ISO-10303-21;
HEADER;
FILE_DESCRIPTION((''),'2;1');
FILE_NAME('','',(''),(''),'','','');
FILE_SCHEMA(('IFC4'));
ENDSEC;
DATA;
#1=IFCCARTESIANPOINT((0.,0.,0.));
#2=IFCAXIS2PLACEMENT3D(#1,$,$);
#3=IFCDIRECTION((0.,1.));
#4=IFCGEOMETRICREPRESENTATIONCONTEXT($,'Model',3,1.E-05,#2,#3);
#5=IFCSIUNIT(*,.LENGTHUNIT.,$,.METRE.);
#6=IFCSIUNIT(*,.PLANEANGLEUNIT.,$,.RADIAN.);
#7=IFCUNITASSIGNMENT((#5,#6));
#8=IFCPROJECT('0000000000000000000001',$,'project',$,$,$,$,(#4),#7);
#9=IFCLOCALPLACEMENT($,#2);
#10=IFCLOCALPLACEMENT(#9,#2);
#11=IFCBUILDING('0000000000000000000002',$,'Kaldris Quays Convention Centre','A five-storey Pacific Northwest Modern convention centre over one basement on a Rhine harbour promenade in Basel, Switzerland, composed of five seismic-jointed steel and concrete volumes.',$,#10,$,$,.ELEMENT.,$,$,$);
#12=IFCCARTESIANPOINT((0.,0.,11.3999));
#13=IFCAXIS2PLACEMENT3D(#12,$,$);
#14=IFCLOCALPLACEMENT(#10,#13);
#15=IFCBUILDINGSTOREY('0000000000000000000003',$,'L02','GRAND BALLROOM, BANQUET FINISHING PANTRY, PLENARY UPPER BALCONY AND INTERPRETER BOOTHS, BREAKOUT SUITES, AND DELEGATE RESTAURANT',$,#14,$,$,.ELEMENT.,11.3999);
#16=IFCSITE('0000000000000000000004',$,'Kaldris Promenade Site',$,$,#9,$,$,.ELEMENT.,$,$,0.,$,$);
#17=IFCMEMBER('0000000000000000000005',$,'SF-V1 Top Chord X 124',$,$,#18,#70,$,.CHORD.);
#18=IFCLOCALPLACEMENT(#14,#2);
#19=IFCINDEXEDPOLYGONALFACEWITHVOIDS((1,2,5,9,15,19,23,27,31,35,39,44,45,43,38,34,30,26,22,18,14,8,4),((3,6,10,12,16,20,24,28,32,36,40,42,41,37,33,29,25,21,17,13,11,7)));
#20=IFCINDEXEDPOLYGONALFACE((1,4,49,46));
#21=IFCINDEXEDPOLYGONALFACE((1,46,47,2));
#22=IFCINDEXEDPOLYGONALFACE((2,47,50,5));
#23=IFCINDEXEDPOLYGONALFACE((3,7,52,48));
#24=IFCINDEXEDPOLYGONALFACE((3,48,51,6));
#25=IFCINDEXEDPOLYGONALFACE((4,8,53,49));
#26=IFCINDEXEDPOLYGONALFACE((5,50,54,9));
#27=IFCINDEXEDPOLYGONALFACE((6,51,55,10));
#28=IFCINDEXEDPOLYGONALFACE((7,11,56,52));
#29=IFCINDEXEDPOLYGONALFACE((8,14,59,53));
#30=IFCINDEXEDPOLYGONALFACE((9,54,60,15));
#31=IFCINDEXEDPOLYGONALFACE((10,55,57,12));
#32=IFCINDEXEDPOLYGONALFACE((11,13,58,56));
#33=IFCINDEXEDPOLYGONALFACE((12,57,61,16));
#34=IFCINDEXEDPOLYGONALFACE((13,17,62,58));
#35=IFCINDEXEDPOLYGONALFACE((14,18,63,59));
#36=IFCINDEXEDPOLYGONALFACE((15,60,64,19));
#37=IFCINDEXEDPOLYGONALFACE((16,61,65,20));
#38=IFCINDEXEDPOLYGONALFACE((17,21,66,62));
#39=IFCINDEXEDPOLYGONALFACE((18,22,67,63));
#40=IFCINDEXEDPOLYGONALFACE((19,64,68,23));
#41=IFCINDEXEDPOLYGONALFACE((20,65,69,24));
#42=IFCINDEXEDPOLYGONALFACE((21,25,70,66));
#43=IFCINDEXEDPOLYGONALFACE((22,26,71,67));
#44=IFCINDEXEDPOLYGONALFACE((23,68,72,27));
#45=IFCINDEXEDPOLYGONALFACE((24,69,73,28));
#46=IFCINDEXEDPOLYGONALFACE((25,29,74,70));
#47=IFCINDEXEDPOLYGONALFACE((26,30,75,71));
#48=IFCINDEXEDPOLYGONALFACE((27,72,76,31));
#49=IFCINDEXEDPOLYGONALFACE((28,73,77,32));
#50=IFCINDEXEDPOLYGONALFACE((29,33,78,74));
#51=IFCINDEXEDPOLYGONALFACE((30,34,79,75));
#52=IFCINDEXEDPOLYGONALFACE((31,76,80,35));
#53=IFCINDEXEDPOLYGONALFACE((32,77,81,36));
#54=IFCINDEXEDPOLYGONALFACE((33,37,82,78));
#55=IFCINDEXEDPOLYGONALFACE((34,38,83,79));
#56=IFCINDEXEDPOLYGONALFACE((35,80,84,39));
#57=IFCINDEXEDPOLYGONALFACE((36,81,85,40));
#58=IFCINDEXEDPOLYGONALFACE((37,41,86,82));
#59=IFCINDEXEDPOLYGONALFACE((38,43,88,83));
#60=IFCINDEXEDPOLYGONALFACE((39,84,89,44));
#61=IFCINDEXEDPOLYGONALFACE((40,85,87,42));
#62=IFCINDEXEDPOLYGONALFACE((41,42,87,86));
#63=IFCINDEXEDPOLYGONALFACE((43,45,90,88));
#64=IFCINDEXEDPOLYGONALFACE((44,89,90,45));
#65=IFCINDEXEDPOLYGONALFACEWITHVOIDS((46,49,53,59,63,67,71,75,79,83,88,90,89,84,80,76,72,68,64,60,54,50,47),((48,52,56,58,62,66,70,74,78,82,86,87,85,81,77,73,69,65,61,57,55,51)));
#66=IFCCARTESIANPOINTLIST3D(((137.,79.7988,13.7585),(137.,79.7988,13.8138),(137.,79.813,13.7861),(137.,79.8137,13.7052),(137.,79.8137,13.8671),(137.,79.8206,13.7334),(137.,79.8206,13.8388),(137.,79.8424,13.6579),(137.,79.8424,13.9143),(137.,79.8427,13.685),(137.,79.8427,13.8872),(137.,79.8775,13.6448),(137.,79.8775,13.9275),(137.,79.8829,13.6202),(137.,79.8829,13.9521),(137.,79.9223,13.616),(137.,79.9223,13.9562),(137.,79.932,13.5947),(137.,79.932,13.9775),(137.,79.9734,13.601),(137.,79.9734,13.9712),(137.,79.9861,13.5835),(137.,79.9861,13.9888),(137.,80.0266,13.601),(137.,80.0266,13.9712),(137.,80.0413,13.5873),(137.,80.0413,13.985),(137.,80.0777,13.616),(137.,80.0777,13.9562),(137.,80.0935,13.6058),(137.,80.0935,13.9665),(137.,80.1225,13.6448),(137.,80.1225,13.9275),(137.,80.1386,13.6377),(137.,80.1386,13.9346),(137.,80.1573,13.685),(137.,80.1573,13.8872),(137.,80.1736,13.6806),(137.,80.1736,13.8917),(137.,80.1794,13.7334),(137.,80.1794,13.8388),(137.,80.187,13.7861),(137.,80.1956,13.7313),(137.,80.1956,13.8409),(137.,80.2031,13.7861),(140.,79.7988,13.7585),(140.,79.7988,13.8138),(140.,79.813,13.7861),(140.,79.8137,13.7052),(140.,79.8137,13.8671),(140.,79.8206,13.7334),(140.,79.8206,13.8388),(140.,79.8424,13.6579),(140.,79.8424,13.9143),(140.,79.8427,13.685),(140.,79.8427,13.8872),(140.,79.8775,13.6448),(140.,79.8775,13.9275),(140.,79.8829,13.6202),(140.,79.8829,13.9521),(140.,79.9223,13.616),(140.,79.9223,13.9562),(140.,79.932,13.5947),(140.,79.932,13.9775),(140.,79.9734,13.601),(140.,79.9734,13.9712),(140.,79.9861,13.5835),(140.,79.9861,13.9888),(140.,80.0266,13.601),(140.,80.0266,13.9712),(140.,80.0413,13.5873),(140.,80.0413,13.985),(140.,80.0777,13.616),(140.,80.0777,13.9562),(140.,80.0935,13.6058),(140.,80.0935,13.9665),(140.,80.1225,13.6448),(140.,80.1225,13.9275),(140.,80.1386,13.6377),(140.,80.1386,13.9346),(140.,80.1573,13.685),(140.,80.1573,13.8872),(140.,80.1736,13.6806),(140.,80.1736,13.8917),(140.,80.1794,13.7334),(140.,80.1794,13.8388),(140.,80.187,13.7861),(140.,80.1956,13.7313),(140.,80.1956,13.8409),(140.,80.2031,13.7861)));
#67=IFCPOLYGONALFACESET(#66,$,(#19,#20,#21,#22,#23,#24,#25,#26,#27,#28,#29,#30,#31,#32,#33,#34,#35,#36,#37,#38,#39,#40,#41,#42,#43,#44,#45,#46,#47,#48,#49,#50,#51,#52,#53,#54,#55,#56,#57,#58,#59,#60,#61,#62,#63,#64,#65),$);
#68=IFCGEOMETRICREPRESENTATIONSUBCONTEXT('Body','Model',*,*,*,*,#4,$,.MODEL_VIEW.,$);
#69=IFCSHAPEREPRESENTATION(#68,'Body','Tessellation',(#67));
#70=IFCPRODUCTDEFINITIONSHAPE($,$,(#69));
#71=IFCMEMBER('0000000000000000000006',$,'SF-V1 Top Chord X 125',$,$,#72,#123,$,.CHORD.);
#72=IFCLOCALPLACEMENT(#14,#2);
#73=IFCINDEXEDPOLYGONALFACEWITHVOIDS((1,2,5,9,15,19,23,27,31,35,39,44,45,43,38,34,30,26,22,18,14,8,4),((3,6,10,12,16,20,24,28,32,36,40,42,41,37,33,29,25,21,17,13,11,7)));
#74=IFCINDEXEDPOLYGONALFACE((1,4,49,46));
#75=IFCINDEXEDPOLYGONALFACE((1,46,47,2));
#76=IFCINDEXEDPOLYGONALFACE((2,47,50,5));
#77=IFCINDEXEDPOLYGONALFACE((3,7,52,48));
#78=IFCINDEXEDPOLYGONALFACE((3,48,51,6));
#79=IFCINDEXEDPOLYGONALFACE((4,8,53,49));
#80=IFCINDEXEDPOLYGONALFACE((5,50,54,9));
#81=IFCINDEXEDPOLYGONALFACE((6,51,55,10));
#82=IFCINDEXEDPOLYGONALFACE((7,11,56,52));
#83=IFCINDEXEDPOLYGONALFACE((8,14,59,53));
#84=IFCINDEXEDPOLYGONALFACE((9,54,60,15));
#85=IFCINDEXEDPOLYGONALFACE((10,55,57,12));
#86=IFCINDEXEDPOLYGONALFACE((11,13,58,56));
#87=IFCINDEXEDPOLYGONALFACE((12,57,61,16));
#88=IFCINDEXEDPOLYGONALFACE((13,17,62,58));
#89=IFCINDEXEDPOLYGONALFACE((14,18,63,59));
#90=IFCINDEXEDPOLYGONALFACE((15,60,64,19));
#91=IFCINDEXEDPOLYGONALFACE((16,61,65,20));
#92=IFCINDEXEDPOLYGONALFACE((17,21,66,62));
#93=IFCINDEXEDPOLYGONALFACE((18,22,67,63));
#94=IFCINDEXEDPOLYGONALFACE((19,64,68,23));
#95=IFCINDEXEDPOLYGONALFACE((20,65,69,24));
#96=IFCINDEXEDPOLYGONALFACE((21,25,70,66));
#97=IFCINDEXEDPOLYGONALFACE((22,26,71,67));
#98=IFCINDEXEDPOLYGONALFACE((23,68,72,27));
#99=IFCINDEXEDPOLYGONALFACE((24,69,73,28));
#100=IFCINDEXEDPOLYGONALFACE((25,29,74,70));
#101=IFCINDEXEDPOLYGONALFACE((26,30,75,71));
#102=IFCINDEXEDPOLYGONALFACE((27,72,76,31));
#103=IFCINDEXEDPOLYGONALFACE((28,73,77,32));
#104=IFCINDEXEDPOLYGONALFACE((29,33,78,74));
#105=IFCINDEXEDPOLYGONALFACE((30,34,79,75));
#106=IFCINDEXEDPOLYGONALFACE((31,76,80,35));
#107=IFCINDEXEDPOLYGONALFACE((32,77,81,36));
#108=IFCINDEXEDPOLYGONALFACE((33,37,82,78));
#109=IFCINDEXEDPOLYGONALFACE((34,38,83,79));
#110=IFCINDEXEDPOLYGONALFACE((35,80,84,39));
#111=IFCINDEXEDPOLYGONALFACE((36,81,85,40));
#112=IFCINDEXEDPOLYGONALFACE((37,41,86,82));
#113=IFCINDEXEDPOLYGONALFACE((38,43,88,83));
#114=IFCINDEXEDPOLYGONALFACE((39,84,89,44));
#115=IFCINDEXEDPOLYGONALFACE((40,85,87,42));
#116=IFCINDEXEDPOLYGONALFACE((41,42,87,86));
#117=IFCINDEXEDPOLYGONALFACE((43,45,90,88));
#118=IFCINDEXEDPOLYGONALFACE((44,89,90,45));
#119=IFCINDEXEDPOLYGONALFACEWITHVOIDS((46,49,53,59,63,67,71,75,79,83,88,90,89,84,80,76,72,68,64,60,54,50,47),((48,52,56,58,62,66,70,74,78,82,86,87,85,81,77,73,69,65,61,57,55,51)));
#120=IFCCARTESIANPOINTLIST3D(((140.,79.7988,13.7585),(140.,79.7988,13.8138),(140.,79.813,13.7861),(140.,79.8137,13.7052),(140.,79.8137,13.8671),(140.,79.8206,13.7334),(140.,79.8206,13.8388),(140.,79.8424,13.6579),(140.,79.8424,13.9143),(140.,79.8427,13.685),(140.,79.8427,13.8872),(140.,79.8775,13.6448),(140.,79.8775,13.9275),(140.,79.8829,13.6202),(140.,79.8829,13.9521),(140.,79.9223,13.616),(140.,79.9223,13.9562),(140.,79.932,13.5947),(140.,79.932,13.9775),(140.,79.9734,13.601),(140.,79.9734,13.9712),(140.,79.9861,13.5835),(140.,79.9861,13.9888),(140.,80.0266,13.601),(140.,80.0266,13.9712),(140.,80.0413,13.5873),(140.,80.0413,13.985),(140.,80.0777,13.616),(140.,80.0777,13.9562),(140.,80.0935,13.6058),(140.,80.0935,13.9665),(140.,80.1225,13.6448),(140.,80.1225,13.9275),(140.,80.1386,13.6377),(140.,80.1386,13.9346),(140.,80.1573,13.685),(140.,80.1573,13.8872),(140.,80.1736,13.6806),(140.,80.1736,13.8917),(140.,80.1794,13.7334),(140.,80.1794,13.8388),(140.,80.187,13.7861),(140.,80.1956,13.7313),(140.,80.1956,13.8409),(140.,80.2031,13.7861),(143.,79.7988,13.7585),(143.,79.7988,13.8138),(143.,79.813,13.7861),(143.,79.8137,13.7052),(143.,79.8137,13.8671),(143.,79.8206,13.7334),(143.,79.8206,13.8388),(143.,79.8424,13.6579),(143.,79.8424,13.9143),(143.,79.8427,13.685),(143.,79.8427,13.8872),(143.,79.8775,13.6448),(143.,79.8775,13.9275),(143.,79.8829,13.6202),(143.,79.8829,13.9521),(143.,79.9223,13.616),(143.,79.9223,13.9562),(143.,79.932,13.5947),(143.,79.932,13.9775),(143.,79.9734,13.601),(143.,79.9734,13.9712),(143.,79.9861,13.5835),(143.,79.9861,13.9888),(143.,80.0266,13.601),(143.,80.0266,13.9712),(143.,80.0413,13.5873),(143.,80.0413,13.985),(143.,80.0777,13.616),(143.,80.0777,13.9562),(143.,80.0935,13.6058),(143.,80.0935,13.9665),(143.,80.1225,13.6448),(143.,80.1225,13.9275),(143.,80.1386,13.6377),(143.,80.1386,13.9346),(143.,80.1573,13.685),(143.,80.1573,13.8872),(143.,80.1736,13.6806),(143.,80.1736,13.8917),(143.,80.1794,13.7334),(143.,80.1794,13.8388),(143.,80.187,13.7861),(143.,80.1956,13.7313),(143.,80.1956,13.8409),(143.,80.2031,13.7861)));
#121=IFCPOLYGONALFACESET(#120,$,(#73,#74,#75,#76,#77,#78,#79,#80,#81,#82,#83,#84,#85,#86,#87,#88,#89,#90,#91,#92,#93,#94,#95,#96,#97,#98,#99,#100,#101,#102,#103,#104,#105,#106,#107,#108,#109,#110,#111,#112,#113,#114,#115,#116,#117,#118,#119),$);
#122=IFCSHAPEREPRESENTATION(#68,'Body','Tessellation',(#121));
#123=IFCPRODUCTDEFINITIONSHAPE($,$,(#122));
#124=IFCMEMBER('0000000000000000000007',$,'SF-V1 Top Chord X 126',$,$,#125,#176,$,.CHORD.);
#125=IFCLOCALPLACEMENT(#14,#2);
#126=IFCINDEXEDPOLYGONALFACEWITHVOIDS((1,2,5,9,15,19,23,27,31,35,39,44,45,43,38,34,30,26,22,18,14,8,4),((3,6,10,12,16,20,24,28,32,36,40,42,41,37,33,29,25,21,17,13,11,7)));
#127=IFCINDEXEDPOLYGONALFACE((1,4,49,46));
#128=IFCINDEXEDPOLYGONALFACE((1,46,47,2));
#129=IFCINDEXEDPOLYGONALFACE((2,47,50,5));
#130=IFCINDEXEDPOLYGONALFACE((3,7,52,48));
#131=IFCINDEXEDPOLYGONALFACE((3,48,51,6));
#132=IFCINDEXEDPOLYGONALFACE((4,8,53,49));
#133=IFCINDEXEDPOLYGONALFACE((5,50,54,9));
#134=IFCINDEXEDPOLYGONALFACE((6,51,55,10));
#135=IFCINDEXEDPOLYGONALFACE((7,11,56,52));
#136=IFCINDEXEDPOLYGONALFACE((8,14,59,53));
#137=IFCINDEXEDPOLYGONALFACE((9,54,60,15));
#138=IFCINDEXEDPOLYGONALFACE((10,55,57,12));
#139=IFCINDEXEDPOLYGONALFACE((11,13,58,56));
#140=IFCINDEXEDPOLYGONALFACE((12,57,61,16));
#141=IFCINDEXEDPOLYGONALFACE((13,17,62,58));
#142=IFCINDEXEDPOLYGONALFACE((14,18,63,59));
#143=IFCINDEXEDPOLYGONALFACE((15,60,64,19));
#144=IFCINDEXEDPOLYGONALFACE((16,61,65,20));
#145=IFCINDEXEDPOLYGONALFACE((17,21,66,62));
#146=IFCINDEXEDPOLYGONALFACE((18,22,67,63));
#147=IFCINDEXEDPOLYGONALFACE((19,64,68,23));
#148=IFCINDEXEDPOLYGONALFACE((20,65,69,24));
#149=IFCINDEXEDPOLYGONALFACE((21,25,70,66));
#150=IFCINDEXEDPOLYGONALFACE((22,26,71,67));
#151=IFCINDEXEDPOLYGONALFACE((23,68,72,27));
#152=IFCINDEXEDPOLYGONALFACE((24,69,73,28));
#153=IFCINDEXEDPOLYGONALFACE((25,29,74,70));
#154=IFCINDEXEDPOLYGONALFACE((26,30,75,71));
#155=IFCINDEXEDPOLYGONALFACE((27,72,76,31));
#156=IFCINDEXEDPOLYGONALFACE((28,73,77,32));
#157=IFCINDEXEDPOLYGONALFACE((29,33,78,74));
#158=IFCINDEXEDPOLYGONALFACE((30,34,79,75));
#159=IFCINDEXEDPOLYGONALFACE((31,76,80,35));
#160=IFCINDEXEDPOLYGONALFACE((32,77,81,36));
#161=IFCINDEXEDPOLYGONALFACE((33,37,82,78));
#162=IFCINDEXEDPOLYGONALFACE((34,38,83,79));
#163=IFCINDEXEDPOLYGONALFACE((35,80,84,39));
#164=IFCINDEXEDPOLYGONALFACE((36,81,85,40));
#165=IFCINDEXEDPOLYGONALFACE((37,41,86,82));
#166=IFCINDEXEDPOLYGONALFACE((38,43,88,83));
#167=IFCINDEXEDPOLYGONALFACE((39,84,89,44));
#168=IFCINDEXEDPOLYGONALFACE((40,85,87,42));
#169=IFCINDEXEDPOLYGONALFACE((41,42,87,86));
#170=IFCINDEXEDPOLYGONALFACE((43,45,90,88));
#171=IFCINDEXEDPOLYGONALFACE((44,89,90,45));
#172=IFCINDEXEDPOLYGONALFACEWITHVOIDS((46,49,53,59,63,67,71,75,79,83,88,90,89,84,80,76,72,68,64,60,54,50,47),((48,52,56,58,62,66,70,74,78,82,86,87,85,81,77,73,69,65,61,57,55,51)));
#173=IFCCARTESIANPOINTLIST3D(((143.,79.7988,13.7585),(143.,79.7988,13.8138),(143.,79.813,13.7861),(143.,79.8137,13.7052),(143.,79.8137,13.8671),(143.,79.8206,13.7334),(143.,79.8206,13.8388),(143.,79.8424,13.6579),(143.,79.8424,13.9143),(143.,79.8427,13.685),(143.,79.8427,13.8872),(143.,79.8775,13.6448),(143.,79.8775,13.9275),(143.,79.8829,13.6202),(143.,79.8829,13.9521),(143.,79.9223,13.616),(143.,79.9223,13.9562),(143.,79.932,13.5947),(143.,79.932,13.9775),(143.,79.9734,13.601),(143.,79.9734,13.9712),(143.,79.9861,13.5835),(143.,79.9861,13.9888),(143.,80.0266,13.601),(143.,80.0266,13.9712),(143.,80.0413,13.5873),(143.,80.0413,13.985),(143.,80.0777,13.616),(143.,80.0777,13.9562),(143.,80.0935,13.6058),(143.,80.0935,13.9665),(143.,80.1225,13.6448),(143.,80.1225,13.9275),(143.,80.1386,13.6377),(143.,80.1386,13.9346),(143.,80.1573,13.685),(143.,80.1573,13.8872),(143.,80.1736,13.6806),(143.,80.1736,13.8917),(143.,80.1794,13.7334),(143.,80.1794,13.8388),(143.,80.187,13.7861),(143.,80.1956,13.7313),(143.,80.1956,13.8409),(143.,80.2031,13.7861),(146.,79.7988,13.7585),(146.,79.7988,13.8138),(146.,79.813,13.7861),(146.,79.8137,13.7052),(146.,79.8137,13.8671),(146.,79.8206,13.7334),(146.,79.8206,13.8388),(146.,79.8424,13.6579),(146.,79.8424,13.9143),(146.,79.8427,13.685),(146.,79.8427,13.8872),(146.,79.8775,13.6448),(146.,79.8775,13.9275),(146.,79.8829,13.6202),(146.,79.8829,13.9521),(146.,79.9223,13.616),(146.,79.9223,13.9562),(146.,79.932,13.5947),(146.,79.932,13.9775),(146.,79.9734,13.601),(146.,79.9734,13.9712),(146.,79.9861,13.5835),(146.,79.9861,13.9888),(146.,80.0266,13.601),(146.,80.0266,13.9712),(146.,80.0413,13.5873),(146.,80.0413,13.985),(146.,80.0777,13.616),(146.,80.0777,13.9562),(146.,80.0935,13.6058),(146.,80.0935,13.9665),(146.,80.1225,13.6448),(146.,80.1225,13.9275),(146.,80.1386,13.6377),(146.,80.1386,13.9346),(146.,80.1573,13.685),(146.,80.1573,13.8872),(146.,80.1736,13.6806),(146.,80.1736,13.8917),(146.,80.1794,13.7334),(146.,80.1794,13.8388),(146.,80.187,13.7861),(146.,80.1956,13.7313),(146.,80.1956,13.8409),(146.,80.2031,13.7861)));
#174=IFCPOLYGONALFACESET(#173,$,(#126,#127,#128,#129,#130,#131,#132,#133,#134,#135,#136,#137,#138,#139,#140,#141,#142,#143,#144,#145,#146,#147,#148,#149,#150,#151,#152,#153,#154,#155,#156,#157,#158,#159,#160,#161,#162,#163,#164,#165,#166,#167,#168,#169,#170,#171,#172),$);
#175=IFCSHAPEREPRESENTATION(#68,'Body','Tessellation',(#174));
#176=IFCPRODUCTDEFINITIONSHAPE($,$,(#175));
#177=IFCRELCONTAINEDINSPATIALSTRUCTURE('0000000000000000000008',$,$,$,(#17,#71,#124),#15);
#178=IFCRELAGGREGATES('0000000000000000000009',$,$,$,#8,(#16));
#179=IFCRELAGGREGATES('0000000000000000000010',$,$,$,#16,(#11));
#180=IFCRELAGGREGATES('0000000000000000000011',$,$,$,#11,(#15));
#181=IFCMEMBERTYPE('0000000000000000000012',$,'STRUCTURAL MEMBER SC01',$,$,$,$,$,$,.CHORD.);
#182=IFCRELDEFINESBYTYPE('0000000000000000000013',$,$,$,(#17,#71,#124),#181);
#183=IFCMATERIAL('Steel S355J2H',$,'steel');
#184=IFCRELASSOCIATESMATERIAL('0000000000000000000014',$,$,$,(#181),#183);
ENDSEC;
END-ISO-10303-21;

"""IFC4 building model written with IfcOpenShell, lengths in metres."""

from ifc_helpers import new_model, si_unit, direction, frame, origin, origin_2d, place, context, subcontext, project, spatial, hollow_circle, extrude, material, material_profile, profile_set, type_object, element, save


model = new_model("IFC4")

# Units and contexts
model_context = context("Model", 3, precision=1e-05, world=origin(), true_north=direction((0.0, 1.0)))
body_context = subcontext(model_context, "Body", "Model", "MODEL_VIEW")
ifc_project = project(units=[si_unit("LENGTHUNIT", "METRE"), si_unit("PLANEANGLEUNIT", "RADIAN")], contexts=[model_context])

# Site, building, storey
site_placement = place(None, origin())
site = spatial("IfcSite", under=ifc_project, at=site_placement, Name="Kaldris Promenade Site", CompositionType="ELEMENT", RefElevation=0.0)
building_placement = place(site_placement, origin())
building = spatial("IfcBuilding", under=site, at=building_placement, Name="Kaldris Quays Convention Centre", Description="A five-storey Pacific Northwest Modern convention centre over one basement on a Rhine harbour promenade in Basel, Switzerland, composed of five seismic-jointed steel and concrete volumes.", CompositionType="ELEMENT")
storey_placement = place(building_placement, frame((0.0, 0.0, 11.3999)))
storey = spatial("IfcBuildingStorey", under=building, at=storey_placement, Name="L02", Description="GRAND BALLROOM, BANQUET FINISHING PANTRY, PLENARY UPPER BALCONY AND INTERPRETER BOOTHS, BREAKOUT SUITES, AND DELEGATE RESTAURANT", CompositionType="ELEMENT", Elevation=11.3999)

# Members
ifc_material_1 = material(Name="Steel S355J2H", Category="steel")
ifc_material_profile_1 = material_profile(ifc_material_1, hollow_circle(Radius=0.2031, WallThickness=0.0161, at=origin_2d()), Name="CHS 406.4x16")
ifc_profile_set_1 = profile_set([ifc_material_profile_1], Name="Steel S355J2H")
member_type_1 = type_object("IfcMemberType", Name="STRUCTURAL MEMBER SC01", PredefinedType="CHORD", material=ifc_profile_set_1)
for number, where, z_axis, x_axis, name in (
    (1, (137.0, 80.0, 13.7861), (1.0, 0.0, 0.0), (0.0, 1.0, 0.0), "SF-V1 Top Chord X 124"),
    (2, (140.0, 80.0, 13.7861), (1.0, 0.0, 0.0), (0.0, 1.0, 0.0), "SF-V1 Top Chord X 125"),
    (3, (143.0, 80.0, 13.7861), (1.0, 0.0, 0.0), (0.0, 1.0, 0.0), "SF-V1 Top Chord X 126"),
):
    element("IfcMember", number, at=place(storey_placement, frame(where, z_axis=z_axis, x_axis=x_axis)), inside=storey, type_object=member_type_1, Name=name, PredefinedType="CHORD", context=body_context, shape_type="SweptSolid", body=[
        extrude(hollow_circle(Radius=0.2031, WallThickness=0.0161, at=origin_2d()), origin(), (0.0, 0.0, 1.0), 3.0),
    ])

save(model, "model.ifc")
